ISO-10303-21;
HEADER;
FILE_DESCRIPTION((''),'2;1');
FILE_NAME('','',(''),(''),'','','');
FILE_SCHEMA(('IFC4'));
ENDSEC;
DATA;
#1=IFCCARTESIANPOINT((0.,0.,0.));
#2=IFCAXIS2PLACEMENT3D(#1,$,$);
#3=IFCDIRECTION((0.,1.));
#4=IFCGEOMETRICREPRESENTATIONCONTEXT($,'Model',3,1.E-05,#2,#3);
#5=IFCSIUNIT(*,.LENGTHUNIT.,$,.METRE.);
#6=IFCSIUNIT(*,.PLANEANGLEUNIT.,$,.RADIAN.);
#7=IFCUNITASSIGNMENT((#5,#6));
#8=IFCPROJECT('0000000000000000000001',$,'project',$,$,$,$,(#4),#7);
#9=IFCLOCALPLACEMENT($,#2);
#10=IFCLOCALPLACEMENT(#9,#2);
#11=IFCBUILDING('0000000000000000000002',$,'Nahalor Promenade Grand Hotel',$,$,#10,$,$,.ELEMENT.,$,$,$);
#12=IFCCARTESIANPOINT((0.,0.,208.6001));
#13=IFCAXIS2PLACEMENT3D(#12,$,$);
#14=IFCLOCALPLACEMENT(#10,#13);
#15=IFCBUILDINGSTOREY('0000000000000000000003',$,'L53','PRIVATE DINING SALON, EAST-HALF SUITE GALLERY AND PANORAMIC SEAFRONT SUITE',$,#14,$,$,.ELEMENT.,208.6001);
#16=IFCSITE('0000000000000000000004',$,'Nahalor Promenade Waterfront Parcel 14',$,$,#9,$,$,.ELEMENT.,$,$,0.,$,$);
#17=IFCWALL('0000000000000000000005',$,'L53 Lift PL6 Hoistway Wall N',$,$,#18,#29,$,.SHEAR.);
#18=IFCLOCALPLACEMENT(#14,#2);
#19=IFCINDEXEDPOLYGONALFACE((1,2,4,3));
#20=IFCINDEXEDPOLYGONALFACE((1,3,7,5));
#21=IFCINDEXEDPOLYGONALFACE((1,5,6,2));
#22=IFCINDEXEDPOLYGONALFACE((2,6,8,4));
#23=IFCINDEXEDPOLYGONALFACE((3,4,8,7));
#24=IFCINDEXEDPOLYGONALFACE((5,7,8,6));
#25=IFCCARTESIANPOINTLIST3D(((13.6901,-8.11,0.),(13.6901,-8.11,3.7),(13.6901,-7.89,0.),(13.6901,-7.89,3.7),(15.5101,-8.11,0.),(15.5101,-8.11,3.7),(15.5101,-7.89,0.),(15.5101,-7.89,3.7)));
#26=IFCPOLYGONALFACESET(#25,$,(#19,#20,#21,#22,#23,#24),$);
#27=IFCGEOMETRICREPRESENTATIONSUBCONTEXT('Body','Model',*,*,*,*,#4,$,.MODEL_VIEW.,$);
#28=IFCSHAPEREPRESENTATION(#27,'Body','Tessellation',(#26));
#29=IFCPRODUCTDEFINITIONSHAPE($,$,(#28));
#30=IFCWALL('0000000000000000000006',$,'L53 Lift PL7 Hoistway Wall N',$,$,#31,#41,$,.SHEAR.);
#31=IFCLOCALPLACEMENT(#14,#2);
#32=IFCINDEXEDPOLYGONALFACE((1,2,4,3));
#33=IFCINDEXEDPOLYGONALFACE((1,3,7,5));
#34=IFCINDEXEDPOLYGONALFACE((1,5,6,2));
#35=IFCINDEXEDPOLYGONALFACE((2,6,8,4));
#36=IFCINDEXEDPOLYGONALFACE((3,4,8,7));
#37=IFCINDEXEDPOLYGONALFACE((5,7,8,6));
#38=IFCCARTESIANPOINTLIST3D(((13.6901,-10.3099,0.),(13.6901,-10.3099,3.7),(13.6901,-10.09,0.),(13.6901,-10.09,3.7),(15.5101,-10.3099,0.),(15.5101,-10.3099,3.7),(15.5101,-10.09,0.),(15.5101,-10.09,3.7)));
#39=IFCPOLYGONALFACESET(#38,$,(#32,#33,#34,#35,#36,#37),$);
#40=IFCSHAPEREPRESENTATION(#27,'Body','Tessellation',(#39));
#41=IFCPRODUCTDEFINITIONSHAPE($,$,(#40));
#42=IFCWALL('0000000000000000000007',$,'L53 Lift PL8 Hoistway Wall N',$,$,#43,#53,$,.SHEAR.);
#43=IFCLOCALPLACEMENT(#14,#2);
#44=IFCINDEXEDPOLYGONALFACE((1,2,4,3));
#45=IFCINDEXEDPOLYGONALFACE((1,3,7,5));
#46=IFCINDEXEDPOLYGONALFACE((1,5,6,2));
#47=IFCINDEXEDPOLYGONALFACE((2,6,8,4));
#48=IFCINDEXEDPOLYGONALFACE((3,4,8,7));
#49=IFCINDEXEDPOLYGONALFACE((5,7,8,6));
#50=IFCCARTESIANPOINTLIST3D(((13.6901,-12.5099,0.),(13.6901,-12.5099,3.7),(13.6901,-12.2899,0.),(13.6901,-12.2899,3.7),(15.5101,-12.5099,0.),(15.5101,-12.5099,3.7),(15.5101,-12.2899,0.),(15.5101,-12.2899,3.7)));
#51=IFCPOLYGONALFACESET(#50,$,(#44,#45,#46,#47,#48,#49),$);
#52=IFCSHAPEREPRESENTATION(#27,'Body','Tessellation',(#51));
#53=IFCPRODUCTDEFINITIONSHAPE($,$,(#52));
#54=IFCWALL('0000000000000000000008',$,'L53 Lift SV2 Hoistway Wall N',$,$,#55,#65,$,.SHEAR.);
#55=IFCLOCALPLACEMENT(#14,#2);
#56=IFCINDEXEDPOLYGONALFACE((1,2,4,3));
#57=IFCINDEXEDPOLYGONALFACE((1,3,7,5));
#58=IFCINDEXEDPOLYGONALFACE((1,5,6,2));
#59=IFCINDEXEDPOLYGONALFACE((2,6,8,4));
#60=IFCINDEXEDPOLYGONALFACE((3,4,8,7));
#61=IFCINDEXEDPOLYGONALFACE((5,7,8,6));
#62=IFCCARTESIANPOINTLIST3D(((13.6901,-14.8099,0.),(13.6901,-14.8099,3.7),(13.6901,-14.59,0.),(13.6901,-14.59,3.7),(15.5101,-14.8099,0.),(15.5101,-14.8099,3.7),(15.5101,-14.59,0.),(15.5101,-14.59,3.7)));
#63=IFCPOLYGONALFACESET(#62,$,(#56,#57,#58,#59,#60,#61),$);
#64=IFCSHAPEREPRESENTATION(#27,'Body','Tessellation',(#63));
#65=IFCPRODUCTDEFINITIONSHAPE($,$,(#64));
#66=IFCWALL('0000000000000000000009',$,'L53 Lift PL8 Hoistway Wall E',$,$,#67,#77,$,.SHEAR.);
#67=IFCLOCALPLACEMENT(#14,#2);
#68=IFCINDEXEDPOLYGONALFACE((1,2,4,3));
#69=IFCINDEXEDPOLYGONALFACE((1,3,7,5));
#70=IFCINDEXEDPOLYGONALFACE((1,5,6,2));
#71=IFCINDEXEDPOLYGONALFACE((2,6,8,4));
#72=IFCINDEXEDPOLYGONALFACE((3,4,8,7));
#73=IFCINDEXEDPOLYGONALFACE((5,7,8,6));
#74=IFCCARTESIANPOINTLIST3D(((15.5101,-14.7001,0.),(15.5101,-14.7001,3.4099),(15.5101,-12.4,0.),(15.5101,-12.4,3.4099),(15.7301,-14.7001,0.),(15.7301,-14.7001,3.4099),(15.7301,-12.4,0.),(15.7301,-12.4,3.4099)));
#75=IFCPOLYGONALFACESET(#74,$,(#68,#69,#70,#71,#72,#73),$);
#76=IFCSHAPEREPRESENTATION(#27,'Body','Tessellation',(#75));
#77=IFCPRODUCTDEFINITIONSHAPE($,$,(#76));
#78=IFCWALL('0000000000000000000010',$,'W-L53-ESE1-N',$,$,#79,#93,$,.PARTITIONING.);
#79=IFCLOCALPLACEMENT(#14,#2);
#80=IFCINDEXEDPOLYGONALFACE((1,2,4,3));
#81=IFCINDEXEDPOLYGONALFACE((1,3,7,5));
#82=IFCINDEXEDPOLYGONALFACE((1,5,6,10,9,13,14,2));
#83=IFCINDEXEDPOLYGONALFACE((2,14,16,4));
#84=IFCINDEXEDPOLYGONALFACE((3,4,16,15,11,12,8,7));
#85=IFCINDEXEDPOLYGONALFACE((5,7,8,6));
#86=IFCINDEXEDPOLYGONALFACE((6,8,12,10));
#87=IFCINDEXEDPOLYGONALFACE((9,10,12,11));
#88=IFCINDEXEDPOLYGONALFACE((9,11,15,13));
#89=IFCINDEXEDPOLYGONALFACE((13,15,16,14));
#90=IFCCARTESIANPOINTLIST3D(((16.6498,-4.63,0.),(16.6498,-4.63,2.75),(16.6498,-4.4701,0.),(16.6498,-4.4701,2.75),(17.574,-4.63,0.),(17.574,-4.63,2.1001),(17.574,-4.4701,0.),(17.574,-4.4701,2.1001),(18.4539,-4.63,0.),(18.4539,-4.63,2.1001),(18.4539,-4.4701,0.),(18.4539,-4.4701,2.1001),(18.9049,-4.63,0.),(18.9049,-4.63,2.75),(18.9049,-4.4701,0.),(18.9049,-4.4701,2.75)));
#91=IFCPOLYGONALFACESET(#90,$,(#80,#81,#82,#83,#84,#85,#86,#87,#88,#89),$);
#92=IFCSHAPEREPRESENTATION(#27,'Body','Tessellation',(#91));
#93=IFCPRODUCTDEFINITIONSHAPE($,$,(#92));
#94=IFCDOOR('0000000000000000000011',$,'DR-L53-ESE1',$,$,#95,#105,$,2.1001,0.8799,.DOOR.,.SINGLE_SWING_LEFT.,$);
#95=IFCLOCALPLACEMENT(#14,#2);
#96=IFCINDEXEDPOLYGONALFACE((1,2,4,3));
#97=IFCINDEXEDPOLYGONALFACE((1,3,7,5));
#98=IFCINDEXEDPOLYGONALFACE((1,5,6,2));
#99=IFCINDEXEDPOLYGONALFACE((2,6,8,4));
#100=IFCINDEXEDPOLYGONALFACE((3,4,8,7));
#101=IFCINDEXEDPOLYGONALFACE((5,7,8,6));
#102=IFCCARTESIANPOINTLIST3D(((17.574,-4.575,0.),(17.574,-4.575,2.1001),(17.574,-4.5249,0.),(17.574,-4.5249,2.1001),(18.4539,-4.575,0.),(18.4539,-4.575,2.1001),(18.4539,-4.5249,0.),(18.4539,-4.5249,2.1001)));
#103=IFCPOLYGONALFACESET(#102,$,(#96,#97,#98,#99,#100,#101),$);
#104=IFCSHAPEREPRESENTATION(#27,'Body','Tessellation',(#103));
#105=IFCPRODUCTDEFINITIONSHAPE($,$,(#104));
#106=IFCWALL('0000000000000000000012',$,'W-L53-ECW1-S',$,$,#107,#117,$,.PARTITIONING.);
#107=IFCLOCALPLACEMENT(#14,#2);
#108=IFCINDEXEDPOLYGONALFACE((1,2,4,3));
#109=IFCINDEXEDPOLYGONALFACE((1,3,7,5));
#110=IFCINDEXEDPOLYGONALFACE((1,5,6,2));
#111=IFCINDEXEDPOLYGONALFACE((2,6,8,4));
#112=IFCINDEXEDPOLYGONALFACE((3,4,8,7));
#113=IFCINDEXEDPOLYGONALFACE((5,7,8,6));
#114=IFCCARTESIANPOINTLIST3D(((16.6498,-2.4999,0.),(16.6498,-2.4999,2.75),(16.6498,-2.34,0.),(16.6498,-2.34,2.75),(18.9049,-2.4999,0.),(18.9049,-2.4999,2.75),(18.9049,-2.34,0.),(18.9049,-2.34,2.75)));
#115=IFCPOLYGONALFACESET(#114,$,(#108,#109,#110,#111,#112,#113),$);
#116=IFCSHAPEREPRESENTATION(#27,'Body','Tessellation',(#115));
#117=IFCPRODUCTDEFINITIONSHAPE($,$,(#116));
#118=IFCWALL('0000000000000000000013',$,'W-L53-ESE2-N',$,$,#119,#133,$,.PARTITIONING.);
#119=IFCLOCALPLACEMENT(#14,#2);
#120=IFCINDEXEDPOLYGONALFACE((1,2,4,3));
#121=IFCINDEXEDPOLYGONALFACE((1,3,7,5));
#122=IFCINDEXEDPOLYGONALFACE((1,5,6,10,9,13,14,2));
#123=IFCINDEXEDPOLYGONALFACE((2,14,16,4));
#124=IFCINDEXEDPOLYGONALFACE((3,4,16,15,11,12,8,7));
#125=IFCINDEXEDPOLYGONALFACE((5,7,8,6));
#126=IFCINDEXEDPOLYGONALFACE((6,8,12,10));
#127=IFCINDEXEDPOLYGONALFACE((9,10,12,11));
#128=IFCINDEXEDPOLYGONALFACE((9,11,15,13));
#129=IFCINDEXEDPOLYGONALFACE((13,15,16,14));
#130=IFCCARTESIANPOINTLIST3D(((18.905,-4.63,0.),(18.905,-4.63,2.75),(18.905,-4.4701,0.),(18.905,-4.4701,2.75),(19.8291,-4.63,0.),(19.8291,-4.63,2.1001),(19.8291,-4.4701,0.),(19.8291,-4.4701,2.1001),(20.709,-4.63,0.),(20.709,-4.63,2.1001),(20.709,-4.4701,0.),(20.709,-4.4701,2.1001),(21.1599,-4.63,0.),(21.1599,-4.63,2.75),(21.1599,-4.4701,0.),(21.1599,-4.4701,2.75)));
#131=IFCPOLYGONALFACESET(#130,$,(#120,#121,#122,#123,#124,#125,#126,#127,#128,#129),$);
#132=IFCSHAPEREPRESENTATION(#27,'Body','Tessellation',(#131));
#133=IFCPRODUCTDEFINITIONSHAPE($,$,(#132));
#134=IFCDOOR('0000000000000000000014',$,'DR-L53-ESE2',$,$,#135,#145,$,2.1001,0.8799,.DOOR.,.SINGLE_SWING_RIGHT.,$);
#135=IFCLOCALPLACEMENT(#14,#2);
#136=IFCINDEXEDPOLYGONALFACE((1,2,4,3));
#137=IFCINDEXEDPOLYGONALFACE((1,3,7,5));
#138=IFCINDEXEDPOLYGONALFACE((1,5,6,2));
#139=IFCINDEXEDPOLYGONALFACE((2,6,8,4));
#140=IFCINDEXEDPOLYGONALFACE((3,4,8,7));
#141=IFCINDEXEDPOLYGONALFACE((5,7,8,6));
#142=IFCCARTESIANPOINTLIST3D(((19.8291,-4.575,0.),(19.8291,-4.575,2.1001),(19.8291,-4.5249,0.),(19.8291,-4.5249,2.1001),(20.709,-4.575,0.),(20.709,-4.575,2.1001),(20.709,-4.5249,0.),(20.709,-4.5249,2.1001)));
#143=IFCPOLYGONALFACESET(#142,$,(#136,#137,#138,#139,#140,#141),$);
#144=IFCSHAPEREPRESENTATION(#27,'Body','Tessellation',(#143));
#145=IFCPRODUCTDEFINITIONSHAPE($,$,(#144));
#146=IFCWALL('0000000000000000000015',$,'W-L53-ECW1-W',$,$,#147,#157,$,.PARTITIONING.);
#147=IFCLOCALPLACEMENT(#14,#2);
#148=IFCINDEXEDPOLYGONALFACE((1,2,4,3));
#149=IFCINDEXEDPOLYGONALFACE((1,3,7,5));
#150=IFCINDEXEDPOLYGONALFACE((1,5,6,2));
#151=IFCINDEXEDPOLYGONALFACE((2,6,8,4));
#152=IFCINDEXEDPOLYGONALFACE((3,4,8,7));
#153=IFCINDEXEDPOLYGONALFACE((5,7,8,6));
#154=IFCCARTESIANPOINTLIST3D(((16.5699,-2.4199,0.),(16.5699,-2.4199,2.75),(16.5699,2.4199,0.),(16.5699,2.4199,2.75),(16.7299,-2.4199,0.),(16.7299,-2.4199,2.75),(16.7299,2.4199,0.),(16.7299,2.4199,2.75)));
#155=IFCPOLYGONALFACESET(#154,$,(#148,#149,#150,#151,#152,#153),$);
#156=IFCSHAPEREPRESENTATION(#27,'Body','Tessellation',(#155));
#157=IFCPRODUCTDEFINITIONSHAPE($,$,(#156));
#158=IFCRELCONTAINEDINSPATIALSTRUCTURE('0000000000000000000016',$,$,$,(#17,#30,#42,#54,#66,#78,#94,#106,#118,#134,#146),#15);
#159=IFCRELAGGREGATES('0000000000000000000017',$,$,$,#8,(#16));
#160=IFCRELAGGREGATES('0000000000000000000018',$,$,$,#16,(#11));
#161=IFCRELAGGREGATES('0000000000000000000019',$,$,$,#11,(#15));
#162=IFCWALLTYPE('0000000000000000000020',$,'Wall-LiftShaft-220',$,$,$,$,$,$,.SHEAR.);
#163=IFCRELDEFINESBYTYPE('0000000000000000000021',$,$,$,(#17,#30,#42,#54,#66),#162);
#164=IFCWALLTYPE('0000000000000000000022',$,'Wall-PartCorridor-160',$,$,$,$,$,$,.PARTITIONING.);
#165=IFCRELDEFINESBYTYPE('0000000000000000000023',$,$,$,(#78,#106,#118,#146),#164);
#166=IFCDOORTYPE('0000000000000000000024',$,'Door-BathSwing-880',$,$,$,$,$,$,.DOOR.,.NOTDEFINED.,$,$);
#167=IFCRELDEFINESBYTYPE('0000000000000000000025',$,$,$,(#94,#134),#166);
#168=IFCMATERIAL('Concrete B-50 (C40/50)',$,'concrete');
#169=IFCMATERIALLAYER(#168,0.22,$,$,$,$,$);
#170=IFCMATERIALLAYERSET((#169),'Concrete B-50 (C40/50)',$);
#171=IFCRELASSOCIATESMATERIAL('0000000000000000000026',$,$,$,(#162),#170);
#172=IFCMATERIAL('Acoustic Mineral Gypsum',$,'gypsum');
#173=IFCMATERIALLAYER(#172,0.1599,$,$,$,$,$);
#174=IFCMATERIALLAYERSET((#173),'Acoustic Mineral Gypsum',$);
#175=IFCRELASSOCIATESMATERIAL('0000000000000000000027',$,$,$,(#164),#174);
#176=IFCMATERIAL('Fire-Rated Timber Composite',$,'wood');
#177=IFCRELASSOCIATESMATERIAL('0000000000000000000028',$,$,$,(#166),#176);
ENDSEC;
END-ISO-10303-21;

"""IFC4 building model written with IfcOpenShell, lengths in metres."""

from ifc_helpers import new_model, si_unit, direction, frame, frame_2d, origin, place, context, subcontext, project, spatial, rectangle, extrude, source, transform, mapped, material, layer, layer_set, type_object, element, fill, save


model = new_model("IFC4")

# Units and contexts
model_context = context("Model", 3, precision=1e-05, world=origin(), true_north=direction((0.0, 1.0)))
body_context = subcontext(model_context, "Body", "Model", "MODEL_VIEW")
ifc_project = project(units=[si_unit("LENGTHUNIT", "METRE"), si_unit("PLANEANGLEUNIT", "RADIAN")], contexts=[model_context])

# Site, building, storey
site_placement = place(None, origin())
site = spatial("IfcSite", under=ifc_project, at=site_placement, Name="Nahalor Promenade Waterfront Parcel 14", CompositionType="ELEMENT", RefElevation=0.0)
building_placement = place(site_placement, origin())
building = spatial("IfcBuilding", under=site, at=building_placement, Name="Nahalor Promenade Grand Hotel", CompositionType="ELEMENT")
storey_placement = place(building_placement, frame((0.0, 0.0, 208.6001)))
storey = spatial("IfcBuildingStorey", under=building, at=storey_placement, Name="L53", Description="PRIVATE DINING SALON, EAST-HALF SUITE GALLERY AND PANORAMIC SEAFRONT SUITE", CompositionType="ELEMENT", Elevation=208.6001)

# Shared definitions
ifc_material_1 = material(Name="Concrete B-50 (C40/50)", Category="concrete")
ifc_layer_1 = layer(ifc_material_1, 0.22)
ifc_layer_set_1 = layer_set([ifc_layer_1], Name="Concrete B-50 (C40/50)")
wall_type_1 = type_object("IfcWallType", Name="Wall-LiftShaft-220", PredefinedType="SHEAR", material=ifc_layer_set_1)

# Walls
shared_shape_1 = source(origin(), body_context, "Body", "SweptSolid", [
    extrude(rectangle(XDim=1.8201, YDim=0.22, at=frame_2d((0.9102, 0.0))), origin(), (0.0, 0.0, 1.0), 3.7),
])
for number, where, z_axis, x_axis, name in (
    (1, (13.6899, -8.0, 0.0), (0.0, 0.0, 1.0), (1.0, 0.0, 0.0), "L53 Lift PL6 Hoistway Wall N"),
    (2, (13.6899, -10.2, 0.0), (0.0, 0.0, 1.0), (1.0, 0.0, 0.0), "L53 Lift PL7 Hoistway Wall N"),
    (3, (13.6899, -12.3999, 0.0), (0.0, 0.0, 1.0), (1.0, 0.0, 0.0), "L53 Lift PL8 Hoistway Wall N"),
    (4, (13.6899, -14.7, 0.0), (0.0, 0.0, 1.0), (1.0, 0.0, 0.0), "L53 Lift SV2 Hoistway Wall N"),
):
    element("IfcWall", number, at=place(storey_placement, frame(where, z_axis=z_axis, x_axis=x_axis)), inside=storey, type_object=wall_type_1, Name=name, PredefinedType="SHEAR", context=body_context, shape_type="MappedRepresentation", body=[
        mapped(shared_shape_1, transform((0.0, 0.0, 0.0), scale=1.0)),
    ])
shared_shape_2 = source(origin(), body_context, "Body", "SweptSolid", [
    extrude(rectangle(XDim=2.3, YDim=0.22, at=frame_2d((1.1499, 0.0))), origin(), (0.0, 0.0, 1.0), 3.4099),
])
wall_1_placement = place(storey_placement, frame((15.6201, -14.7, 0.0), z_axis=(0.0, 0.0, 1.0), x_axis=(0.0, 1.0, 0.0)))
element("IfcWall", 5, at=wall_1_placement, inside=storey, type_object=wall_type_1, Name="L53 Lift PL8 Hoistway Wall E", PredefinedType="SHEAR", context=body_context, shape_type="MappedRepresentation", body=[
    mapped(shared_shape_2, transform((0.0, 0.0, 0.0), scale=1.0)),
])

# Wall, opening, door
ifc_material_2 = material(Name="Acoustic Mineral Gypsum", Category="gypsum")
ifc_layer_2 = layer(ifc_material_2, 0.1599)
ifc_layer_set_2 = layer_set([ifc_layer_2], Name="Acoustic Mineral Gypsum")
wall_type_2 = type_object("IfcWallType", Name="Wall-PartCorridor-160", PredefinedType="PARTITIONING", material=ifc_layer_set_2)
shared_shape_3 = source(origin(), body_context, "Body", "SweptSolid", [
    extrude(rectangle(XDim=2.2551, YDim=0.1599, at=frame_2d((1.1274, 0.0))), origin(), (0.0, 0.0, 1.0), 2.75),
])
wall_2_placement = place(storey_placement, frame((16.6499, -4.55, 0.0), z_axis=(0.0, 0.0, 1.0), x_axis=(1.0, 0.0, 0.0)))
wall_2 = element("IfcWall", 6, at=wall_2_placement, inside=storey, type_object=wall_type_2, Name="W-L53-ESE1-N", PredefinedType="PARTITIONING", context=body_context, shape_type="MappedRepresentation", body=[
    mapped(shared_shape_3, transform((0.0, 0.0, 0.0), scale=1.0)),
])
opening_1_placement = place(wall_2_placement, frame((0.9241, 0.0, 0.0)))
opening_1 = element("IfcOpeningElement", 7, at=opening_1_placement, cuts=wall_2, PredefinedType="OPENING", context=body_context, shape_type="SweptSolid", body=[
    extrude(rectangle(XDim=0.8799, YDim=2.1001, at=frame_2d((0.4399, 1.05))), frame((0.0, 0.0898, 0.0), z_axis=(0.0, -1.0, 0.0), x_axis=(1.0, 0.0, 0.0)), (0.0, 0.0, 1.0), 0.1799),
])
ifc_material_3 = material(Name="Fire-Rated Timber Composite", Category="wood")
door_type_1 = type_object("IfcDoorType", Name="Door-BathSwing-880", OperationType="NOTDEFINED", PredefinedType="DOOR", material=ifc_material_3)
shared_shape_4 = source(origin(), body_context, "Body", "SweptSolid", [
    extrude(rectangle(XDim=0.8799, YDim=2.1001, at=frame_2d((0.4399, 1.05))), frame((0.0, 0.0249, 0.0), z_axis=(0.0, -1.0, 0.0), x_axis=(1.0, 0.0, 0.0)), (0.0, 0.0, 1.0), 0.05),
])
door_1_placement = place(opening_1_placement, frame((0.8799, 0.0, 0.0), z_axis=(0.0, 0.0, 1.0), x_axis=(-1.0, 0.0, 0.0)))
door_1 = element("IfcDoor", 8, at=door_1_placement, inside=storey, type_object=door_type_1, Name="DR-L53-ESE1", OperationType="SINGLE_SWING_LEFT", OverallHeight=2.1001, OverallWidth=0.8799, PredefinedType="DOOR", context=body_context, shape_type="MappedRepresentation", body=[
    mapped(shared_shape_4, transform((0.0, 0.0, 0.0), scale=1.0)),
])
fill(opening_1, door_1)

# Wall
wall_3_placement = place(storey_placement, frame((16.6499, -2.4199, 0.0), z_axis=(0.0, 0.0, 1.0), x_axis=(1.0, 0.0, 0.0)))
element("IfcWall", 9, at=wall_3_placement, inside=storey, type_object=wall_type_2, Name="W-L53-ECW1-S", PredefinedType="PARTITIONING", context=body_context, shape_type="MappedRepresentation", body=[
    mapped(shared_shape_3, transform((0.0, 0.0, 0.0), scale=1.0)),
])

# Wall, opening, door
shared_shape_5 = source(origin(), body_context, "Body", "SweptSolid", [
    extrude(rectangle(XDim=2.2549, YDim=0.1599, at=frame_2d((1.1274, 0.0))), origin(), (0.0, 0.0, 1.0), 2.75),
])
wall_4_placement = place(storey_placement, frame((18.905, -4.55, 0.0), z_axis=(0.0, 0.0, 1.0), x_axis=(1.0, 0.0, 0.0)))
wall_4 = element("IfcWall", 10, at=wall_4_placement, inside=storey, type_object=wall_type_2, Name="W-L53-ESE2-N", PredefinedType="PARTITIONING", context=body_context, shape_type="MappedRepresentation", body=[
    mapped(shared_shape_5, transform((0.0, 0.0, 0.0), scale=1.0)),
])
opening_2_placement = place(wall_4_placement, frame((0.9241, 0.0, 0.0)))
opening_2 = element("IfcOpeningElement", 11, at=opening_2_placement, cuts=wall_4, PredefinedType="OPENING", context=body_context, shape_type="SweptSolid", body=[
    extrude(rectangle(XDim=0.8799, YDim=2.1001, at=frame_2d((0.4399, 1.05))), frame((0.0, 0.0898, 0.0), z_axis=(0.0, -1.0, 0.0), x_axis=(1.0, 0.0, 0.0)), (0.0, 0.0, 1.0), 0.1799),
])
door_2_placement = place(opening_2_placement, frame((0.8799, 0.0, 0.0), z_axis=(0.0, 0.0, 1.0), x_axis=(-1.0, 0.0, 0.0)))
door_2 = element("IfcDoor", 12, at=door_2_placement, inside=storey, type_object=door_type_1, Name="DR-L53-ESE2", OperationType="SINGLE_SWING_RIGHT", OverallHeight=2.1001, OverallWidth=0.8799, PredefinedType="DOOR", context=body_context, shape_type="MappedRepresentation", body=[
    mapped(shared_shape_4, transform((0.0, 0.0, 0.0), scale=1.0)),
])
fill(opening_2, door_2)

# Wall
shared_shape_6 = source(origin(), body_context, "Body", "SweptSolid", [
    extrude(rectangle(XDim=4.8398, YDim=0.1599, at=frame_2d((2.4199, 0.0))), origin(), (0.0, 0.0, 1.0), 2.75),
])
wall_5_placement = place(storey_placement, frame((16.6499, -2.4199, 0.0), z_axis=(0.0, 0.0, 1.0), x_axis=(0.0, 1.0, 0.0)))
element("IfcWall", 13, at=wall_5_placement, inside=storey, type_object=wall_type_2, Name="W-L53-ECW1-W", PredefinedType="PARTITIONING", context=body_context, shape_type="MappedRepresentation", body=[
    mapped(shared_shape_6, transform((0.0, 0.0, 0.0), scale=1.0)),
])

save(model, "model.ifc")
